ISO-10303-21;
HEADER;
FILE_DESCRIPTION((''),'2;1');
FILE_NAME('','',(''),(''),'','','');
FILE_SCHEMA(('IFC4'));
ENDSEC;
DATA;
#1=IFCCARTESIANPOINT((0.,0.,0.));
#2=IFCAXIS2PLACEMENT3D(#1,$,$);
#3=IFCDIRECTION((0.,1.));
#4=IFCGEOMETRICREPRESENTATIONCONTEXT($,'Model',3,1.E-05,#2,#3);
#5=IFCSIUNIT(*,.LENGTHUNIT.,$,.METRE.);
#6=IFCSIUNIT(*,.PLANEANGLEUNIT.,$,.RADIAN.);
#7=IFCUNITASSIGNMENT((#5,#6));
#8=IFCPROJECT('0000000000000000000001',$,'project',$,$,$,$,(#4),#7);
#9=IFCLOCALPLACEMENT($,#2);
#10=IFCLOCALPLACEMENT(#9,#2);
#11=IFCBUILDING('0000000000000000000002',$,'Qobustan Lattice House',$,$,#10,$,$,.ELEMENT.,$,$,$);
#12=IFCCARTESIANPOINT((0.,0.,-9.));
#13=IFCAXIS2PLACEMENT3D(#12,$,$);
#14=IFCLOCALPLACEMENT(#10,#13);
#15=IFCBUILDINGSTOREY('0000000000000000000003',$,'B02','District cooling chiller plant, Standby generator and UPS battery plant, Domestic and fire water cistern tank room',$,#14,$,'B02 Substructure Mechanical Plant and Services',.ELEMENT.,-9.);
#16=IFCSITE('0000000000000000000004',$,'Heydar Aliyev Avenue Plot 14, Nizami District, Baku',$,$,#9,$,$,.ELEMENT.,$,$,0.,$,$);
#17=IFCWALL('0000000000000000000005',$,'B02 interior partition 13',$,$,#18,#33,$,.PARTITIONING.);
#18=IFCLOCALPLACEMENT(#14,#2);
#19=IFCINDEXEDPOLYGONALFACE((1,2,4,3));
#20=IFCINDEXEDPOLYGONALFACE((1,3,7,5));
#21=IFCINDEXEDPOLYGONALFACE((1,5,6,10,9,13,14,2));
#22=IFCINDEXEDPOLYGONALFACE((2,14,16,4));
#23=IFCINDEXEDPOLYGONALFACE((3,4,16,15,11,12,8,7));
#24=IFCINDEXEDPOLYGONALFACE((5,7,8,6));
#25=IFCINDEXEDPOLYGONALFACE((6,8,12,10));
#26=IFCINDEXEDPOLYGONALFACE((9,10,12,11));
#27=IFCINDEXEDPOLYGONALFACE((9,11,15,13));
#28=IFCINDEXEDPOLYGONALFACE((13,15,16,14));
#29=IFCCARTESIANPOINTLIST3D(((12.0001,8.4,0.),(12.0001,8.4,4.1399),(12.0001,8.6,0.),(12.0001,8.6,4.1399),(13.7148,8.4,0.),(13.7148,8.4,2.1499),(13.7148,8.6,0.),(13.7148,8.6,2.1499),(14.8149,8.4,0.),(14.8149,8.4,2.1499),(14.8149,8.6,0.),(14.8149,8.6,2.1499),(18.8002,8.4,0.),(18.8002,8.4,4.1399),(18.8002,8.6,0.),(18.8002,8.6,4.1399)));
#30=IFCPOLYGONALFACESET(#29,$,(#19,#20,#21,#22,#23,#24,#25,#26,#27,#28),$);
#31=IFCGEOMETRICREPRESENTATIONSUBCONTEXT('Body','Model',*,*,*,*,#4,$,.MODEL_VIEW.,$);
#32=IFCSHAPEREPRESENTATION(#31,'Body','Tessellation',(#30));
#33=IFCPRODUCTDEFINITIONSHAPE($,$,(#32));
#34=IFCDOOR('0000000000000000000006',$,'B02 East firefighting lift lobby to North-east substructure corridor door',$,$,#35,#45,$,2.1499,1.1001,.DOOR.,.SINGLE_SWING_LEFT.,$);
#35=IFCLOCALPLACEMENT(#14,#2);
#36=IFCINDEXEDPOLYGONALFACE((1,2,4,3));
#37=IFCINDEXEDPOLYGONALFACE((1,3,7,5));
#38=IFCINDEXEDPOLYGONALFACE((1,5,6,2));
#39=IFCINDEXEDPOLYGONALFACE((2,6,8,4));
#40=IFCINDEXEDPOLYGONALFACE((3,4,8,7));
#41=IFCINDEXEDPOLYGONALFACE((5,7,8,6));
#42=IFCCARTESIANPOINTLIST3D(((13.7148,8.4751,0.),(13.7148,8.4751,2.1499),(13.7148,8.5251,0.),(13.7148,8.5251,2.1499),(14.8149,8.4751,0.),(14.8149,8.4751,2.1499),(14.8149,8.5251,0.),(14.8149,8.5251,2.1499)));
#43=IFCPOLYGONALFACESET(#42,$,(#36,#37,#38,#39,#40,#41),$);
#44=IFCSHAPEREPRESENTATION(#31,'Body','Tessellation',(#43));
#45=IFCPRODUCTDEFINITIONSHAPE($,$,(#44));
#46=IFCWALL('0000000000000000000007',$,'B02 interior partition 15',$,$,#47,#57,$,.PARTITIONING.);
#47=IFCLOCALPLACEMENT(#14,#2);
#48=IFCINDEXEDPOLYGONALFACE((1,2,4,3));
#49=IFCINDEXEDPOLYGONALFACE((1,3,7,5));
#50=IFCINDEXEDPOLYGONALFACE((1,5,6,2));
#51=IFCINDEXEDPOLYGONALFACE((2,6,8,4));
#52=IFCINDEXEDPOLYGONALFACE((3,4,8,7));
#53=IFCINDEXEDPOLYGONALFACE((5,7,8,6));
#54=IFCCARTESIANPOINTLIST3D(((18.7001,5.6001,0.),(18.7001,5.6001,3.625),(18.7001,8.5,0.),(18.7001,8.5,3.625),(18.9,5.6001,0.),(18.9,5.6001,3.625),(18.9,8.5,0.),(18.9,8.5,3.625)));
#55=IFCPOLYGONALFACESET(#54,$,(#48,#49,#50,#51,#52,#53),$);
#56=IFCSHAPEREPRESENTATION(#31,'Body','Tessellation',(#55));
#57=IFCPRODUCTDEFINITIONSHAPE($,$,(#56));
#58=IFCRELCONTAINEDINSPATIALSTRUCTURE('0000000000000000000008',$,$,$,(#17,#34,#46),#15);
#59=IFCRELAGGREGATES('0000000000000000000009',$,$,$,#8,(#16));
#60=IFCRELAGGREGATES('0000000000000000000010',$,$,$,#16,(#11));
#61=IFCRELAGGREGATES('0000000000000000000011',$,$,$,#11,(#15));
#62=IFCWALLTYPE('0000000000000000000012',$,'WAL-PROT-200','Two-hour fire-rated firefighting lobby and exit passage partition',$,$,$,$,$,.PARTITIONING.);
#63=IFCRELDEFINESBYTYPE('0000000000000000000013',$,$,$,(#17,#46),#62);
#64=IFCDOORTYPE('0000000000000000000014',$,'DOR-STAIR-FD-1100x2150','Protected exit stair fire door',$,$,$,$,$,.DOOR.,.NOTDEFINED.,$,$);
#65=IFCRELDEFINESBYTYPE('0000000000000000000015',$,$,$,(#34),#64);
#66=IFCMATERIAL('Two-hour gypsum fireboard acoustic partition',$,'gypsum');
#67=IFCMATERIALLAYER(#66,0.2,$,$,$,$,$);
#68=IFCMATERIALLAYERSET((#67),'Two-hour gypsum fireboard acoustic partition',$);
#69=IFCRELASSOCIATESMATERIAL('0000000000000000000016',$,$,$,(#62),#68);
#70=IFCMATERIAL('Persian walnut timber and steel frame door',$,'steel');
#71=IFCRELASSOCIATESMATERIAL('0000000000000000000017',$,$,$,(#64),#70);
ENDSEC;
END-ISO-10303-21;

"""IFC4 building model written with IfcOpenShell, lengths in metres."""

from ifc_helpers import new_model, si_unit, direction, frame, frame_2d, origin, place, context, subcontext, project, spatial, rectangle, extrude, material, layer, layer_set, type_object, element, fill, save


model = new_model("IFC4")

# Units and contexts
model_context = context("Model", 3, precision=1e-05, world=origin(), true_north=direction((0.0, 1.0)))
body_context = subcontext(model_context, "Body", "Model", "MODEL_VIEW")
ifc_project = project(units=[si_unit("LENGTHUNIT", "METRE"), si_unit("PLANEANGLEUNIT", "RADIAN")], contexts=[model_context])

# Site, building, storey
site_placement = place(None, origin())
site = spatial("IfcSite", under=ifc_project, at=site_placement, Name="Heydar Aliyev Avenue Plot 14, Nizami District, Baku", CompositionType="ELEMENT", RefElevation=0.0)
building_placement = place(site_placement, origin())
building = spatial("IfcBuilding", under=site, at=building_placement, Name="Qobustan Lattice House", CompositionType="ELEMENT")
storey_placement = place(building_placement, frame((0.0, 0.0, -9.0)))
storey = spatial("IfcBuildingStorey", under=building, at=storey_placement, Name="B02", Description="District cooling chiller plant, Standby generator and UPS battery plant, Domestic and fire water cistern tank room", LongName="B02 Substructure Mechanical Plant and Services", CompositionType="ELEMENT", Elevation=-9.0)

# Wall, opening, door
ifc_material_1 = material(Name="Two-hour gypsum fireboard acoustic partition", Category="gypsum")
ifc_layer_1 = layer(ifc_material_1, 0.2)
ifc_layer_set_1 = layer_set([ifc_layer_1], Name="Two-hour gypsum fireboard acoustic partition")
wall_type_1 = type_object("IfcWallType", Name="WAL-PROT-200", Description="Two-hour fire-rated firefighting lobby and exit passage partition", PredefinedType="PARTITIONING", material=ifc_layer_set_1)
wall_1_placement = place(storey_placement, frame((18.8, 8.5, 0.0), z_axis=(0.0, 0.0, 1.0), x_axis=(-1.0, 0.0, 0.0)))
wall_1 = element("IfcWall", 1, at=wall_1_placement, inside=storey, type_object=wall_type_1, Name="B02 interior partition 13", PredefinedType="PARTITIONING", context=body_context, shape_type="SweptSolid", body=[
    extrude(rectangle(XDim=6.8, YDim=0.2, at=frame_2d((3.3999, 0.0))), origin(), (0.0, 0.0, 1.0), 4.1399),
])
opening_1_placement = place(wall_1_placement, frame((3.9851, 0.0, 0.0)))
opening_1 = element("IfcOpeningElement", 2, at=opening_1_placement, cuts=wall_1, PredefinedType="OPENING", context=body_context, shape_type="SweptSolid", body=[
    extrude(rectangle(XDim=1.1001, YDim=2.1499, at=frame_2d((0.55, 1.075))), frame((0.0, 0.1099, 0.0), z_axis=(0.0, -1.0, 0.0), x_axis=(1.0, 0.0, 0.0)), (0.0, 0.0, 1.0), 0.22),
])
ifc_material_2 = material(Name="Persian walnut timber and steel frame door", Category="steel")
door_type_1 = type_object("IfcDoorType", Name="DOR-STAIR-FD-1100x2150", Description="Protected exit stair fire door", OperationType="NOTDEFINED", PredefinedType="DOOR", material=ifc_material_2)
door_1_placement = place(opening_1_placement, origin())
door_1 = element("IfcDoor", 3, at=door_1_placement, inside=storey, type_object=door_type_1, Name="B02 East firefighting lift lobby to North-east substructure corridor door", OperationType="SINGLE_SWING_LEFT", OverallHeight=2.1499, OverallWidth=1.1001, PredefinedType="DOOR", context=body_context, shape_type="SweptSolid", body=[
    extrude(rectangle(XDim=1.1001, YDim=2.1499, at=frame_2d((0.55, 1.075))), frame((0.0, 0.0249, 0.0), z_axis=(0.0, -1.0, 0.0), x_axis=(1.0, 0.0, 0.0)), (0.0, 0.0, 1.0), 0.05),
])
fill(opening_1, door_1)

# Wall
wall_2_placement = place(storey_placement, frame((18.8, 5.6001, 0.0), z_axis=(0.0, 0.0, 1.0), x_axis=(0.0, 1.0, 0.0)))
element("IfcWall", 4, at=wall_2_placement, inside=storey, type_object=wall_type_1, Name="B02 interior partition 15", PredefinedType="PARTITIONING", context=body_context, shape_type="SweptSolid", body=[
    extrude(rectangle(XDim=2.8999, YDim=0.2, at=frame_2d((1.45, 0.0))), origin(), (0.0, 0.0, 1.0), 3.625),
])

save(model, "model.ifc")
